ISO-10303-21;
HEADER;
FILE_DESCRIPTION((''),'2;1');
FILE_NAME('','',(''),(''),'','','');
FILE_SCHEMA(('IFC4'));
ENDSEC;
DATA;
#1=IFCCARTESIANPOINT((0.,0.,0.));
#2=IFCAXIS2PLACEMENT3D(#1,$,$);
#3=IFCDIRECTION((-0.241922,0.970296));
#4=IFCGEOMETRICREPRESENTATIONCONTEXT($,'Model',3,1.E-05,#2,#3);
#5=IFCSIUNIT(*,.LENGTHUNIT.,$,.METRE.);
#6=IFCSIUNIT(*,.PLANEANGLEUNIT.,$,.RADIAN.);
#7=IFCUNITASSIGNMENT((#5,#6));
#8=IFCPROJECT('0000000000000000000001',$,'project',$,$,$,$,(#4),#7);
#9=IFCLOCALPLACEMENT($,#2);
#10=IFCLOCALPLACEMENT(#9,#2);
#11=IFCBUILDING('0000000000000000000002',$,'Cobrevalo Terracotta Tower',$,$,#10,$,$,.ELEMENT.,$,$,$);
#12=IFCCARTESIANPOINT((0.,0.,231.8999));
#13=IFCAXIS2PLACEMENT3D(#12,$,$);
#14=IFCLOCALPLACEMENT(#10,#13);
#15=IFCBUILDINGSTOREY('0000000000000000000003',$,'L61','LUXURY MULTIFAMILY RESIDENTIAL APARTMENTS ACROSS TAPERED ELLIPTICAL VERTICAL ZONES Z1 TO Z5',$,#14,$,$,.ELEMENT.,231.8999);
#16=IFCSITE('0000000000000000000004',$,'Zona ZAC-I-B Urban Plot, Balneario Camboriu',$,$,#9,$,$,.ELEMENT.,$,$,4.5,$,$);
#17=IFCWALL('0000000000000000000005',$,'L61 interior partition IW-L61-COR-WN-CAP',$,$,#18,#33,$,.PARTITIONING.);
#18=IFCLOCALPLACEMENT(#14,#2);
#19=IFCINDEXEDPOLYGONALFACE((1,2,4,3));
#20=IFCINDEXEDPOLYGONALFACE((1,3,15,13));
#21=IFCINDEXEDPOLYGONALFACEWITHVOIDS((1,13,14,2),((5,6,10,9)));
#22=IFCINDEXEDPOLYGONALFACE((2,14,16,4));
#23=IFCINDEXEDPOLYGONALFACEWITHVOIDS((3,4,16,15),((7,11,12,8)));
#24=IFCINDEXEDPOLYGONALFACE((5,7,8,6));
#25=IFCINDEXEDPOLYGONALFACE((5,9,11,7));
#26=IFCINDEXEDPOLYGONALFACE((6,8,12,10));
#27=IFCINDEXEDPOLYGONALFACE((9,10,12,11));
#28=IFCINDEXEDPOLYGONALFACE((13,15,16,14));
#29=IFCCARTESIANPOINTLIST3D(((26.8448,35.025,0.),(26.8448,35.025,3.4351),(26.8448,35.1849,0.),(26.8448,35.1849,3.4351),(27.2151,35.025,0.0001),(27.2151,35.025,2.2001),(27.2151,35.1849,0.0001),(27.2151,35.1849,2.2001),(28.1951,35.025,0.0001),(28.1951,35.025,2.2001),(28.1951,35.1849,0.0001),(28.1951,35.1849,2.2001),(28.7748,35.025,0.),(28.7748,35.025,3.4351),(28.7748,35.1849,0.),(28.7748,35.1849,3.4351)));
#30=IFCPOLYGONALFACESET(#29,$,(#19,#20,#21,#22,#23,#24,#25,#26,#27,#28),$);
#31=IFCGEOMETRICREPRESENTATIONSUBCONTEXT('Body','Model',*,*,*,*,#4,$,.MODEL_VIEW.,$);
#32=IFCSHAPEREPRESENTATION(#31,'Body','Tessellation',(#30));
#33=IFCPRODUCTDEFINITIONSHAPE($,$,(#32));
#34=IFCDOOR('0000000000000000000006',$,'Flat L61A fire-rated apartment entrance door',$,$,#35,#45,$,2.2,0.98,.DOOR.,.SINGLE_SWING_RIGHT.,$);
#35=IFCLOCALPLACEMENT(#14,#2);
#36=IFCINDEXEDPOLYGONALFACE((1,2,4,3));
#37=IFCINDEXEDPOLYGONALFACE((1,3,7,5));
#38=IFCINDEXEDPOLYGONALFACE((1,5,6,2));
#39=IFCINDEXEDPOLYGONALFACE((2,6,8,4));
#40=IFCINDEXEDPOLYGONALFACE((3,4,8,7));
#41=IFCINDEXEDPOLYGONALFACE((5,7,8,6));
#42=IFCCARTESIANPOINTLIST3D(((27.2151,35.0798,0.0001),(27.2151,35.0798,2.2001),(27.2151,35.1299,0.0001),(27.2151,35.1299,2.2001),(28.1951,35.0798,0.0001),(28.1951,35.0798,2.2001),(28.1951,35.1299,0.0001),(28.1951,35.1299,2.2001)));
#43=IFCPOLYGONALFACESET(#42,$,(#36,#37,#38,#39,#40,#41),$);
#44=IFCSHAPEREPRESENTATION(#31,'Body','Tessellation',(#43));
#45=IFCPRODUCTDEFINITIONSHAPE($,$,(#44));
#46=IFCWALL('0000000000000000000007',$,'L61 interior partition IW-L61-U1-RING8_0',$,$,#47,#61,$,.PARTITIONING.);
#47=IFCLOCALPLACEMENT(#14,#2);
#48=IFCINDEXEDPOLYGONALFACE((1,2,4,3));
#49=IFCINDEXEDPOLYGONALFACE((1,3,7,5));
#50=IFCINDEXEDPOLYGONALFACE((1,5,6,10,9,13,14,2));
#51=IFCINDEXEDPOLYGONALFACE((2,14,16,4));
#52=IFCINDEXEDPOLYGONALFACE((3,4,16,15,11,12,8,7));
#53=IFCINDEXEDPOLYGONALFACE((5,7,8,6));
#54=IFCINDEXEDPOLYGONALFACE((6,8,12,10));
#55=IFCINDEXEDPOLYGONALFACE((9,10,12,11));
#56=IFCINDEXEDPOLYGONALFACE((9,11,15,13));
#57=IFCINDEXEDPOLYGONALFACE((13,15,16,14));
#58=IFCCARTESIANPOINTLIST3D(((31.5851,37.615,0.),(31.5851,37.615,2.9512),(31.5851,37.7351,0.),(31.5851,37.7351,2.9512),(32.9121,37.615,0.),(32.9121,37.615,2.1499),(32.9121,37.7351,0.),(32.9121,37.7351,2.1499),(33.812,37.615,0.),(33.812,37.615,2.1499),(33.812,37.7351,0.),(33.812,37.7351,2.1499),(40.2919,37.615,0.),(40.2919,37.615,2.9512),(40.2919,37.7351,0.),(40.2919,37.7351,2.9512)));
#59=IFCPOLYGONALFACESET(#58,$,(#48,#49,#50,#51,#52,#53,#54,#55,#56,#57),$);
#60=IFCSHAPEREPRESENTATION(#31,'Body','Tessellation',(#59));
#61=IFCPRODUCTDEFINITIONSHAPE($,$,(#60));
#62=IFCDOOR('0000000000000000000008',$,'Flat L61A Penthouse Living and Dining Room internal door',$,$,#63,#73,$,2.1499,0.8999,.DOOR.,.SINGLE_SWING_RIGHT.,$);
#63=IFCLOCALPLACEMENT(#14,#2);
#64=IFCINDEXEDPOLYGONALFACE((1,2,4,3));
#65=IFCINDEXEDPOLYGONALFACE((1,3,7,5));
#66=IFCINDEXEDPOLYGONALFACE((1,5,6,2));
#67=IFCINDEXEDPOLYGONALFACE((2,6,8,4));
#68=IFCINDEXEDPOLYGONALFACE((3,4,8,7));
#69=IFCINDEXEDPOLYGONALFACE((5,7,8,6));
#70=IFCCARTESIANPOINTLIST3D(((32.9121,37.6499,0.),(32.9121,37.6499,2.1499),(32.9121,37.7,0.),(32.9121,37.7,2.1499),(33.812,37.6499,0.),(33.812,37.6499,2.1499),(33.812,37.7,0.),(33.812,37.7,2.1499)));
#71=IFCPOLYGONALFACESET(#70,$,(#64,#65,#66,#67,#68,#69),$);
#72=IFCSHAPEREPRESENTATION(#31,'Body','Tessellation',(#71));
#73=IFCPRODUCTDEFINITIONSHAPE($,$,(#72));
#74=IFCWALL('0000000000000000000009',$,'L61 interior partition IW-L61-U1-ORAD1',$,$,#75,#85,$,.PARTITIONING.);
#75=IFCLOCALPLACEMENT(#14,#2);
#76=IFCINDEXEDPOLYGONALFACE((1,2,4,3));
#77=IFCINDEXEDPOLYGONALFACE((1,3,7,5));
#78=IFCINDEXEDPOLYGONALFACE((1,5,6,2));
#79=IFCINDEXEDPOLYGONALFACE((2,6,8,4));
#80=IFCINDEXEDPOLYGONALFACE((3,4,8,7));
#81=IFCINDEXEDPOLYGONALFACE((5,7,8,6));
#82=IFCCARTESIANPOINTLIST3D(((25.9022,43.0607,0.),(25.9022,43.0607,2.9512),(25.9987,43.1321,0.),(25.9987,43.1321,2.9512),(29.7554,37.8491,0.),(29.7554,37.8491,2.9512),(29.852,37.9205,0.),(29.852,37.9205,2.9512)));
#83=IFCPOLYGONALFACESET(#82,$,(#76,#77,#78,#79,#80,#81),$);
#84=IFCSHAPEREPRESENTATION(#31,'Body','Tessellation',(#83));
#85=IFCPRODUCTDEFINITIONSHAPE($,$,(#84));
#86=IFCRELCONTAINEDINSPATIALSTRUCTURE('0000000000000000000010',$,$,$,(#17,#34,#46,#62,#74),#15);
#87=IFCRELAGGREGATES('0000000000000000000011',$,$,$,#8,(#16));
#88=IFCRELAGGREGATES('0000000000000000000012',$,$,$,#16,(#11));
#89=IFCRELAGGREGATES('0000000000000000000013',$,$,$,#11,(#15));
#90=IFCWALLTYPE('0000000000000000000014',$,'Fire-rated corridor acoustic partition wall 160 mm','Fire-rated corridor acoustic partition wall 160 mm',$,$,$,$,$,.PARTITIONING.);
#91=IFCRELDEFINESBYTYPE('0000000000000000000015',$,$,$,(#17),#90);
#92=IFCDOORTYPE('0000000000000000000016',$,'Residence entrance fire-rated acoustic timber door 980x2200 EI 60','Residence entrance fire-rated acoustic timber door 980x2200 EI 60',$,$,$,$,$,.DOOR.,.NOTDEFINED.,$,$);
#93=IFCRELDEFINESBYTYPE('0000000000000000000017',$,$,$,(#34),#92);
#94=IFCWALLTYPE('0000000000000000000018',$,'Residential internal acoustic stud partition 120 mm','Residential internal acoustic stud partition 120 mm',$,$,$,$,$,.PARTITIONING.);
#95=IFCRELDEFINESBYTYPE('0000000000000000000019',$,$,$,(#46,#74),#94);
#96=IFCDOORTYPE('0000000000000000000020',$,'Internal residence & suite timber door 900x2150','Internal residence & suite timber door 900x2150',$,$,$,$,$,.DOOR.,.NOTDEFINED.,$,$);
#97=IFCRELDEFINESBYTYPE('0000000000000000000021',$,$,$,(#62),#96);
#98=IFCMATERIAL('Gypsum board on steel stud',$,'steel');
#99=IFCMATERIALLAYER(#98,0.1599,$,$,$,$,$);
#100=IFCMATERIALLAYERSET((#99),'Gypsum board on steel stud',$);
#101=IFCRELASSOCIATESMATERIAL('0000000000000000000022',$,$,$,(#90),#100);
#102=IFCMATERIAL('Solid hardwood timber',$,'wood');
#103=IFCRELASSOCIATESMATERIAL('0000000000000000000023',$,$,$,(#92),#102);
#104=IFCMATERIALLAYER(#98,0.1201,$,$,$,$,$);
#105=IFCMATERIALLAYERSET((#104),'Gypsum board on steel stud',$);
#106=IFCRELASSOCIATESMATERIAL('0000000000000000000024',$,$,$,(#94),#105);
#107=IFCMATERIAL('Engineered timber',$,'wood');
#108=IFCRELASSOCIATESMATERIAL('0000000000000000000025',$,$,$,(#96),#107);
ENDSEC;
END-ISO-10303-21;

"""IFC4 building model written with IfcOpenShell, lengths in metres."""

from ifc_helpers import new_model, si_unit, direction, frame, frame_2d, origin, place, context, subcontext, project, spatial, rectangle, extrude, source, transform, mapped, material, layer, layer_set, type_object, element, fill, save


model = new_model("IFC4")

# Units and contexts
model_context = context("Model", 3, precision=1e-05, world=origin(), true_north=direction((-0.241922, 0.970296)))
body_context = subcontext(model_context, "Body", "Model", "MODEL_VIEW")
ifc_project = project(units=[si_unit("LENGTHUNIT", "METRE"), si_unit("PLANEANGLEUNIT", "RADIAN")], contexts=[model_context])

# Site, building, storey
site_placement = place(None, origin())
site = spatial("IfcSite", under=ifc_project, at=site_placement, Name="Zona ZAC-I-B Urban Plot, Balneario Camboriu", CompositionType="ELEMENT", RefElevation=4.5)
building_placement = place(site_placement, origin())
building = spatial("IfcBuilding", under=site, at=building_placement, Name="Cobrevalo Terracotta Tower", CompositionType="ELEMENT")
storey_placement = place(building_placement, frame((0.0, 0.0, 231.8999)))
storey = spatial("IfcBuildingStorey", under=building, at=storey_placement, Name="L61", Description="LUXURY MULTIFAMILY RESIDENTIAL APARTMENTS ACROSS TAPERED ELLIPTICAL VERTICAL ZONES Z1 TO Z5", CompositionType="ELEMENT", Elevation=231.8999)

# Shared definitions
ifc_material_1 = material(Name="Gypsum board on steel stud", Category="steel")
ifc_layer_1 = layer(ifc_material_1, 0.1599)
ifc_layer_set_1 = layer_set([ifc_layer_1], Name="Gypsum board on steel stud")
wall_type_1 = type_object("IfcWallType", Name="Fire-rated corridor acoustic partition wall 160 mm", Description="Fire-rated corridor acoustic partition wall 160 mm", PredefinedType="PARTITIONING", material=ifc_layer_set_1)

# Walls, openings, doors
wall_1_placement = place(storey_placement, frame((26.845, 35.105, 0.0), z_axis=(0.0, 0.0, 1.0), x_axis=(1.0, 0.0, 0.0)))
wall_1 = element("IfcWall", 1, at=wall_1_placement, inside=storey, type_object=wall_type_1, Name="L61 interior partition IW-L61-COR-WN-CAP", PredefinedType="PARTITIONING", context=body_context, shape_type="SweptSolid", body=[
    extrude(rectangle(XDim=1.9299, YDim=0.1599, at=frame_2d((0.9648, 0.0))), origin(), (0.0, 0.0, 1.0), 3.4351),
])
opening_1_placement = place(wall_1_placement, frame((0.3701, 0.0, 0.0)))
opening_1 = element("IfcOpeningElement", 2, at=opening_1_placement, cuts=wall_1, PredefinedType="OPENING", context=body_context, shape_type="SweptSolid", body=[
    extrude(rectangle(XDim=0.98, YDim=2.2, at=frame_2d((0.49, 1.1001))), frame((0.0, 0.0898, 0.0), z_axis=(0.0, -1.0, 0.0), x_axis=(1.0, 0.0, 0.0)), (0.0, 0.0, 1.0), 0.1799),
])
ifc_material_2 = material(Name="Solid hardwood timber", Category="wood")
door_type_1 = type_object("IfcDoorType", Name="Residence entrance fire-rated acoustic timber door 980x2200 EI 60", Description="Residence entrance fire-rated acoustic timber door 980x2200 EI 60", OperationType="NOTDEFINED", PredefinedType="DOOR", material=ifc_material_2)
shared_shape_1 = source(origin(), body_context, "Body", "SweptSolid", [
    extrude(rectangle(XDim=0.98, YDim=2.2, at=frame_2d((0.49, 1.1001))), frame((0.0, 0.0249, 0.0), z_axis=(0.0, -1.0, 0.0), x_axis=(1.0, 0.0, 0.0)), (0.0, 0.0, 1.0), 0.05),
])
door_1_placement = place(opening_1_placement, origin())
door_1 = element("IfcDoor", 3, at=door_1_placement, inside=storey, type_object=door_type_1, Name="Flat L61A fire-rated apartment entrance door", OperationType="SINGLE_SWING_RIGHT", OverallHeight=2.2, OverallWidth=0.98, PredefinedType="DOOR", context=body_context, shape_type="MappedRepresentation", body=[
    mapped(shared_shape_1, transform((0.0, 0.0, 0.0), scale=1.0)),
])
fill(opening_1, door_1)
ifc_layer_2 = layer(ifc_material_1, 0.1201)
ifc_layer_set_2 = layer_set([ifc_layer_2], Name="Gypsum board on steel stud")
wall_type_2 = type_object("IfcWallType", Name="Residential internal acoustic stud partition 120 mm", Description="Residential internal acoustic stud partition 120 mm", PredefinedType="PARTITIONING", material=ifc_layer_set_2)
wall_2_placement = place(storey_placement, frame((31.585, 37.675, 0.0), z_axis=(0.0, 0.0, 1.0), x_axis=(1.0, 0.0, 0.0)))
wall_2 = element("IfcWall", 4, at=wall_2_placement, inside=storey, type_object=wall_type_2, Name="L61 interior partition IW-L61-U1-RING8_0", PredefinedType="PARTITIONING", context=body_context, shape_type="SweptSolid", body=[
    extrude(rectangle(XDim=8.7068, YDim=0.1201, at=frame_2d((4.3535, 0.0))), origin(), (0.0, 0.0, 1.0), 2.9512),
])
opening_2_placement = place(wall_2_placement, frame((1.3271, 0.0, 0.0)))
opening_2 = element("IfcOpeningElement", 5, at=opening_2_placement, cuts=wall_2, PredefinedType="OPENING", context=body_context, shape_type="SweptSolid", body=[
    extrude(rectangle(XDim=0.8999, YDim=2.1499, at=frame_2d((0.45, 1.075))), frame((0.0, 0.0701, 0.0), z_axis=(0.0, -1.0, 0.0), x_axis=(1.0, 0.0, 0.0)), (0.0, 0.0, 1.0), 0.1401),
])
ifc_material_3 = material(Name="Engineered timber", Category="wood")
door_type_2 = type_object("IfcDoorType", Name="Internal residence & suite timber door 900x2150", Description="Internal residence & suite timber door 900x2150", OperationType="NOTDEFINED", PredefinedType="DOOR", material=ifc_material_3)
shared_shape_2 = source(origin(), body_context, "Body", "SweptSolid", [
    extrude(rectangle(XDim=0.8999, YDim=2.1499, at=frame_2d((0.45, 1.075))), frame((0.0, 0.0249, 0.0), z_axis=(0.0, -1.0, 0.0), x_axis=(1.0, 0.0, 0.0)), (0.0, 0.0, 1.0), 0.05),
])
door_2_placement = place(opening_2_placement, origin())
door_2 = element("IfcDoor", 6, at=door_2_placement, inside=storey, type_object=door_type_2, Name="Flat L61A Penthouse Living and Dining Room internal door", OperationType="SINGLE_SWING_RIGHT", OverallHeight=2.1499, OverallWidth=0.8999, PredefinedType="DOOR", context=body_context, shape_type="MappedRepresentation", body=[
    mapped(shared_shape_2, transform((0.0, 0.0, 0.0), scale=1.0)),
])
fill(opening_2, door_2)

# Wall
wall_3_placement = place(storey_placement, frame((29.8037, 37.8848, 0.0), z_axis=(0.0, 0.0, 1.0), x_axis=(-0.594508, 0.80409, 0.0)))
element("IfcWall", 7, at=wall_3_placement, inside=storey, type_object=wall_type_2, Name="L61 interior partition IW-L61-U1-ORAD1", PredefinedType="PARTITIONING", context=body_context, shape_type="SweptSolid", body=[
    extrude(rectangle(XDim=6.4814, YDim=0.1201, at=frame_2d((3.2407, 0.0))), origin(), (0.0, 0.0, 1.0), 2.9512),
])

save(model, "model.ifc")
